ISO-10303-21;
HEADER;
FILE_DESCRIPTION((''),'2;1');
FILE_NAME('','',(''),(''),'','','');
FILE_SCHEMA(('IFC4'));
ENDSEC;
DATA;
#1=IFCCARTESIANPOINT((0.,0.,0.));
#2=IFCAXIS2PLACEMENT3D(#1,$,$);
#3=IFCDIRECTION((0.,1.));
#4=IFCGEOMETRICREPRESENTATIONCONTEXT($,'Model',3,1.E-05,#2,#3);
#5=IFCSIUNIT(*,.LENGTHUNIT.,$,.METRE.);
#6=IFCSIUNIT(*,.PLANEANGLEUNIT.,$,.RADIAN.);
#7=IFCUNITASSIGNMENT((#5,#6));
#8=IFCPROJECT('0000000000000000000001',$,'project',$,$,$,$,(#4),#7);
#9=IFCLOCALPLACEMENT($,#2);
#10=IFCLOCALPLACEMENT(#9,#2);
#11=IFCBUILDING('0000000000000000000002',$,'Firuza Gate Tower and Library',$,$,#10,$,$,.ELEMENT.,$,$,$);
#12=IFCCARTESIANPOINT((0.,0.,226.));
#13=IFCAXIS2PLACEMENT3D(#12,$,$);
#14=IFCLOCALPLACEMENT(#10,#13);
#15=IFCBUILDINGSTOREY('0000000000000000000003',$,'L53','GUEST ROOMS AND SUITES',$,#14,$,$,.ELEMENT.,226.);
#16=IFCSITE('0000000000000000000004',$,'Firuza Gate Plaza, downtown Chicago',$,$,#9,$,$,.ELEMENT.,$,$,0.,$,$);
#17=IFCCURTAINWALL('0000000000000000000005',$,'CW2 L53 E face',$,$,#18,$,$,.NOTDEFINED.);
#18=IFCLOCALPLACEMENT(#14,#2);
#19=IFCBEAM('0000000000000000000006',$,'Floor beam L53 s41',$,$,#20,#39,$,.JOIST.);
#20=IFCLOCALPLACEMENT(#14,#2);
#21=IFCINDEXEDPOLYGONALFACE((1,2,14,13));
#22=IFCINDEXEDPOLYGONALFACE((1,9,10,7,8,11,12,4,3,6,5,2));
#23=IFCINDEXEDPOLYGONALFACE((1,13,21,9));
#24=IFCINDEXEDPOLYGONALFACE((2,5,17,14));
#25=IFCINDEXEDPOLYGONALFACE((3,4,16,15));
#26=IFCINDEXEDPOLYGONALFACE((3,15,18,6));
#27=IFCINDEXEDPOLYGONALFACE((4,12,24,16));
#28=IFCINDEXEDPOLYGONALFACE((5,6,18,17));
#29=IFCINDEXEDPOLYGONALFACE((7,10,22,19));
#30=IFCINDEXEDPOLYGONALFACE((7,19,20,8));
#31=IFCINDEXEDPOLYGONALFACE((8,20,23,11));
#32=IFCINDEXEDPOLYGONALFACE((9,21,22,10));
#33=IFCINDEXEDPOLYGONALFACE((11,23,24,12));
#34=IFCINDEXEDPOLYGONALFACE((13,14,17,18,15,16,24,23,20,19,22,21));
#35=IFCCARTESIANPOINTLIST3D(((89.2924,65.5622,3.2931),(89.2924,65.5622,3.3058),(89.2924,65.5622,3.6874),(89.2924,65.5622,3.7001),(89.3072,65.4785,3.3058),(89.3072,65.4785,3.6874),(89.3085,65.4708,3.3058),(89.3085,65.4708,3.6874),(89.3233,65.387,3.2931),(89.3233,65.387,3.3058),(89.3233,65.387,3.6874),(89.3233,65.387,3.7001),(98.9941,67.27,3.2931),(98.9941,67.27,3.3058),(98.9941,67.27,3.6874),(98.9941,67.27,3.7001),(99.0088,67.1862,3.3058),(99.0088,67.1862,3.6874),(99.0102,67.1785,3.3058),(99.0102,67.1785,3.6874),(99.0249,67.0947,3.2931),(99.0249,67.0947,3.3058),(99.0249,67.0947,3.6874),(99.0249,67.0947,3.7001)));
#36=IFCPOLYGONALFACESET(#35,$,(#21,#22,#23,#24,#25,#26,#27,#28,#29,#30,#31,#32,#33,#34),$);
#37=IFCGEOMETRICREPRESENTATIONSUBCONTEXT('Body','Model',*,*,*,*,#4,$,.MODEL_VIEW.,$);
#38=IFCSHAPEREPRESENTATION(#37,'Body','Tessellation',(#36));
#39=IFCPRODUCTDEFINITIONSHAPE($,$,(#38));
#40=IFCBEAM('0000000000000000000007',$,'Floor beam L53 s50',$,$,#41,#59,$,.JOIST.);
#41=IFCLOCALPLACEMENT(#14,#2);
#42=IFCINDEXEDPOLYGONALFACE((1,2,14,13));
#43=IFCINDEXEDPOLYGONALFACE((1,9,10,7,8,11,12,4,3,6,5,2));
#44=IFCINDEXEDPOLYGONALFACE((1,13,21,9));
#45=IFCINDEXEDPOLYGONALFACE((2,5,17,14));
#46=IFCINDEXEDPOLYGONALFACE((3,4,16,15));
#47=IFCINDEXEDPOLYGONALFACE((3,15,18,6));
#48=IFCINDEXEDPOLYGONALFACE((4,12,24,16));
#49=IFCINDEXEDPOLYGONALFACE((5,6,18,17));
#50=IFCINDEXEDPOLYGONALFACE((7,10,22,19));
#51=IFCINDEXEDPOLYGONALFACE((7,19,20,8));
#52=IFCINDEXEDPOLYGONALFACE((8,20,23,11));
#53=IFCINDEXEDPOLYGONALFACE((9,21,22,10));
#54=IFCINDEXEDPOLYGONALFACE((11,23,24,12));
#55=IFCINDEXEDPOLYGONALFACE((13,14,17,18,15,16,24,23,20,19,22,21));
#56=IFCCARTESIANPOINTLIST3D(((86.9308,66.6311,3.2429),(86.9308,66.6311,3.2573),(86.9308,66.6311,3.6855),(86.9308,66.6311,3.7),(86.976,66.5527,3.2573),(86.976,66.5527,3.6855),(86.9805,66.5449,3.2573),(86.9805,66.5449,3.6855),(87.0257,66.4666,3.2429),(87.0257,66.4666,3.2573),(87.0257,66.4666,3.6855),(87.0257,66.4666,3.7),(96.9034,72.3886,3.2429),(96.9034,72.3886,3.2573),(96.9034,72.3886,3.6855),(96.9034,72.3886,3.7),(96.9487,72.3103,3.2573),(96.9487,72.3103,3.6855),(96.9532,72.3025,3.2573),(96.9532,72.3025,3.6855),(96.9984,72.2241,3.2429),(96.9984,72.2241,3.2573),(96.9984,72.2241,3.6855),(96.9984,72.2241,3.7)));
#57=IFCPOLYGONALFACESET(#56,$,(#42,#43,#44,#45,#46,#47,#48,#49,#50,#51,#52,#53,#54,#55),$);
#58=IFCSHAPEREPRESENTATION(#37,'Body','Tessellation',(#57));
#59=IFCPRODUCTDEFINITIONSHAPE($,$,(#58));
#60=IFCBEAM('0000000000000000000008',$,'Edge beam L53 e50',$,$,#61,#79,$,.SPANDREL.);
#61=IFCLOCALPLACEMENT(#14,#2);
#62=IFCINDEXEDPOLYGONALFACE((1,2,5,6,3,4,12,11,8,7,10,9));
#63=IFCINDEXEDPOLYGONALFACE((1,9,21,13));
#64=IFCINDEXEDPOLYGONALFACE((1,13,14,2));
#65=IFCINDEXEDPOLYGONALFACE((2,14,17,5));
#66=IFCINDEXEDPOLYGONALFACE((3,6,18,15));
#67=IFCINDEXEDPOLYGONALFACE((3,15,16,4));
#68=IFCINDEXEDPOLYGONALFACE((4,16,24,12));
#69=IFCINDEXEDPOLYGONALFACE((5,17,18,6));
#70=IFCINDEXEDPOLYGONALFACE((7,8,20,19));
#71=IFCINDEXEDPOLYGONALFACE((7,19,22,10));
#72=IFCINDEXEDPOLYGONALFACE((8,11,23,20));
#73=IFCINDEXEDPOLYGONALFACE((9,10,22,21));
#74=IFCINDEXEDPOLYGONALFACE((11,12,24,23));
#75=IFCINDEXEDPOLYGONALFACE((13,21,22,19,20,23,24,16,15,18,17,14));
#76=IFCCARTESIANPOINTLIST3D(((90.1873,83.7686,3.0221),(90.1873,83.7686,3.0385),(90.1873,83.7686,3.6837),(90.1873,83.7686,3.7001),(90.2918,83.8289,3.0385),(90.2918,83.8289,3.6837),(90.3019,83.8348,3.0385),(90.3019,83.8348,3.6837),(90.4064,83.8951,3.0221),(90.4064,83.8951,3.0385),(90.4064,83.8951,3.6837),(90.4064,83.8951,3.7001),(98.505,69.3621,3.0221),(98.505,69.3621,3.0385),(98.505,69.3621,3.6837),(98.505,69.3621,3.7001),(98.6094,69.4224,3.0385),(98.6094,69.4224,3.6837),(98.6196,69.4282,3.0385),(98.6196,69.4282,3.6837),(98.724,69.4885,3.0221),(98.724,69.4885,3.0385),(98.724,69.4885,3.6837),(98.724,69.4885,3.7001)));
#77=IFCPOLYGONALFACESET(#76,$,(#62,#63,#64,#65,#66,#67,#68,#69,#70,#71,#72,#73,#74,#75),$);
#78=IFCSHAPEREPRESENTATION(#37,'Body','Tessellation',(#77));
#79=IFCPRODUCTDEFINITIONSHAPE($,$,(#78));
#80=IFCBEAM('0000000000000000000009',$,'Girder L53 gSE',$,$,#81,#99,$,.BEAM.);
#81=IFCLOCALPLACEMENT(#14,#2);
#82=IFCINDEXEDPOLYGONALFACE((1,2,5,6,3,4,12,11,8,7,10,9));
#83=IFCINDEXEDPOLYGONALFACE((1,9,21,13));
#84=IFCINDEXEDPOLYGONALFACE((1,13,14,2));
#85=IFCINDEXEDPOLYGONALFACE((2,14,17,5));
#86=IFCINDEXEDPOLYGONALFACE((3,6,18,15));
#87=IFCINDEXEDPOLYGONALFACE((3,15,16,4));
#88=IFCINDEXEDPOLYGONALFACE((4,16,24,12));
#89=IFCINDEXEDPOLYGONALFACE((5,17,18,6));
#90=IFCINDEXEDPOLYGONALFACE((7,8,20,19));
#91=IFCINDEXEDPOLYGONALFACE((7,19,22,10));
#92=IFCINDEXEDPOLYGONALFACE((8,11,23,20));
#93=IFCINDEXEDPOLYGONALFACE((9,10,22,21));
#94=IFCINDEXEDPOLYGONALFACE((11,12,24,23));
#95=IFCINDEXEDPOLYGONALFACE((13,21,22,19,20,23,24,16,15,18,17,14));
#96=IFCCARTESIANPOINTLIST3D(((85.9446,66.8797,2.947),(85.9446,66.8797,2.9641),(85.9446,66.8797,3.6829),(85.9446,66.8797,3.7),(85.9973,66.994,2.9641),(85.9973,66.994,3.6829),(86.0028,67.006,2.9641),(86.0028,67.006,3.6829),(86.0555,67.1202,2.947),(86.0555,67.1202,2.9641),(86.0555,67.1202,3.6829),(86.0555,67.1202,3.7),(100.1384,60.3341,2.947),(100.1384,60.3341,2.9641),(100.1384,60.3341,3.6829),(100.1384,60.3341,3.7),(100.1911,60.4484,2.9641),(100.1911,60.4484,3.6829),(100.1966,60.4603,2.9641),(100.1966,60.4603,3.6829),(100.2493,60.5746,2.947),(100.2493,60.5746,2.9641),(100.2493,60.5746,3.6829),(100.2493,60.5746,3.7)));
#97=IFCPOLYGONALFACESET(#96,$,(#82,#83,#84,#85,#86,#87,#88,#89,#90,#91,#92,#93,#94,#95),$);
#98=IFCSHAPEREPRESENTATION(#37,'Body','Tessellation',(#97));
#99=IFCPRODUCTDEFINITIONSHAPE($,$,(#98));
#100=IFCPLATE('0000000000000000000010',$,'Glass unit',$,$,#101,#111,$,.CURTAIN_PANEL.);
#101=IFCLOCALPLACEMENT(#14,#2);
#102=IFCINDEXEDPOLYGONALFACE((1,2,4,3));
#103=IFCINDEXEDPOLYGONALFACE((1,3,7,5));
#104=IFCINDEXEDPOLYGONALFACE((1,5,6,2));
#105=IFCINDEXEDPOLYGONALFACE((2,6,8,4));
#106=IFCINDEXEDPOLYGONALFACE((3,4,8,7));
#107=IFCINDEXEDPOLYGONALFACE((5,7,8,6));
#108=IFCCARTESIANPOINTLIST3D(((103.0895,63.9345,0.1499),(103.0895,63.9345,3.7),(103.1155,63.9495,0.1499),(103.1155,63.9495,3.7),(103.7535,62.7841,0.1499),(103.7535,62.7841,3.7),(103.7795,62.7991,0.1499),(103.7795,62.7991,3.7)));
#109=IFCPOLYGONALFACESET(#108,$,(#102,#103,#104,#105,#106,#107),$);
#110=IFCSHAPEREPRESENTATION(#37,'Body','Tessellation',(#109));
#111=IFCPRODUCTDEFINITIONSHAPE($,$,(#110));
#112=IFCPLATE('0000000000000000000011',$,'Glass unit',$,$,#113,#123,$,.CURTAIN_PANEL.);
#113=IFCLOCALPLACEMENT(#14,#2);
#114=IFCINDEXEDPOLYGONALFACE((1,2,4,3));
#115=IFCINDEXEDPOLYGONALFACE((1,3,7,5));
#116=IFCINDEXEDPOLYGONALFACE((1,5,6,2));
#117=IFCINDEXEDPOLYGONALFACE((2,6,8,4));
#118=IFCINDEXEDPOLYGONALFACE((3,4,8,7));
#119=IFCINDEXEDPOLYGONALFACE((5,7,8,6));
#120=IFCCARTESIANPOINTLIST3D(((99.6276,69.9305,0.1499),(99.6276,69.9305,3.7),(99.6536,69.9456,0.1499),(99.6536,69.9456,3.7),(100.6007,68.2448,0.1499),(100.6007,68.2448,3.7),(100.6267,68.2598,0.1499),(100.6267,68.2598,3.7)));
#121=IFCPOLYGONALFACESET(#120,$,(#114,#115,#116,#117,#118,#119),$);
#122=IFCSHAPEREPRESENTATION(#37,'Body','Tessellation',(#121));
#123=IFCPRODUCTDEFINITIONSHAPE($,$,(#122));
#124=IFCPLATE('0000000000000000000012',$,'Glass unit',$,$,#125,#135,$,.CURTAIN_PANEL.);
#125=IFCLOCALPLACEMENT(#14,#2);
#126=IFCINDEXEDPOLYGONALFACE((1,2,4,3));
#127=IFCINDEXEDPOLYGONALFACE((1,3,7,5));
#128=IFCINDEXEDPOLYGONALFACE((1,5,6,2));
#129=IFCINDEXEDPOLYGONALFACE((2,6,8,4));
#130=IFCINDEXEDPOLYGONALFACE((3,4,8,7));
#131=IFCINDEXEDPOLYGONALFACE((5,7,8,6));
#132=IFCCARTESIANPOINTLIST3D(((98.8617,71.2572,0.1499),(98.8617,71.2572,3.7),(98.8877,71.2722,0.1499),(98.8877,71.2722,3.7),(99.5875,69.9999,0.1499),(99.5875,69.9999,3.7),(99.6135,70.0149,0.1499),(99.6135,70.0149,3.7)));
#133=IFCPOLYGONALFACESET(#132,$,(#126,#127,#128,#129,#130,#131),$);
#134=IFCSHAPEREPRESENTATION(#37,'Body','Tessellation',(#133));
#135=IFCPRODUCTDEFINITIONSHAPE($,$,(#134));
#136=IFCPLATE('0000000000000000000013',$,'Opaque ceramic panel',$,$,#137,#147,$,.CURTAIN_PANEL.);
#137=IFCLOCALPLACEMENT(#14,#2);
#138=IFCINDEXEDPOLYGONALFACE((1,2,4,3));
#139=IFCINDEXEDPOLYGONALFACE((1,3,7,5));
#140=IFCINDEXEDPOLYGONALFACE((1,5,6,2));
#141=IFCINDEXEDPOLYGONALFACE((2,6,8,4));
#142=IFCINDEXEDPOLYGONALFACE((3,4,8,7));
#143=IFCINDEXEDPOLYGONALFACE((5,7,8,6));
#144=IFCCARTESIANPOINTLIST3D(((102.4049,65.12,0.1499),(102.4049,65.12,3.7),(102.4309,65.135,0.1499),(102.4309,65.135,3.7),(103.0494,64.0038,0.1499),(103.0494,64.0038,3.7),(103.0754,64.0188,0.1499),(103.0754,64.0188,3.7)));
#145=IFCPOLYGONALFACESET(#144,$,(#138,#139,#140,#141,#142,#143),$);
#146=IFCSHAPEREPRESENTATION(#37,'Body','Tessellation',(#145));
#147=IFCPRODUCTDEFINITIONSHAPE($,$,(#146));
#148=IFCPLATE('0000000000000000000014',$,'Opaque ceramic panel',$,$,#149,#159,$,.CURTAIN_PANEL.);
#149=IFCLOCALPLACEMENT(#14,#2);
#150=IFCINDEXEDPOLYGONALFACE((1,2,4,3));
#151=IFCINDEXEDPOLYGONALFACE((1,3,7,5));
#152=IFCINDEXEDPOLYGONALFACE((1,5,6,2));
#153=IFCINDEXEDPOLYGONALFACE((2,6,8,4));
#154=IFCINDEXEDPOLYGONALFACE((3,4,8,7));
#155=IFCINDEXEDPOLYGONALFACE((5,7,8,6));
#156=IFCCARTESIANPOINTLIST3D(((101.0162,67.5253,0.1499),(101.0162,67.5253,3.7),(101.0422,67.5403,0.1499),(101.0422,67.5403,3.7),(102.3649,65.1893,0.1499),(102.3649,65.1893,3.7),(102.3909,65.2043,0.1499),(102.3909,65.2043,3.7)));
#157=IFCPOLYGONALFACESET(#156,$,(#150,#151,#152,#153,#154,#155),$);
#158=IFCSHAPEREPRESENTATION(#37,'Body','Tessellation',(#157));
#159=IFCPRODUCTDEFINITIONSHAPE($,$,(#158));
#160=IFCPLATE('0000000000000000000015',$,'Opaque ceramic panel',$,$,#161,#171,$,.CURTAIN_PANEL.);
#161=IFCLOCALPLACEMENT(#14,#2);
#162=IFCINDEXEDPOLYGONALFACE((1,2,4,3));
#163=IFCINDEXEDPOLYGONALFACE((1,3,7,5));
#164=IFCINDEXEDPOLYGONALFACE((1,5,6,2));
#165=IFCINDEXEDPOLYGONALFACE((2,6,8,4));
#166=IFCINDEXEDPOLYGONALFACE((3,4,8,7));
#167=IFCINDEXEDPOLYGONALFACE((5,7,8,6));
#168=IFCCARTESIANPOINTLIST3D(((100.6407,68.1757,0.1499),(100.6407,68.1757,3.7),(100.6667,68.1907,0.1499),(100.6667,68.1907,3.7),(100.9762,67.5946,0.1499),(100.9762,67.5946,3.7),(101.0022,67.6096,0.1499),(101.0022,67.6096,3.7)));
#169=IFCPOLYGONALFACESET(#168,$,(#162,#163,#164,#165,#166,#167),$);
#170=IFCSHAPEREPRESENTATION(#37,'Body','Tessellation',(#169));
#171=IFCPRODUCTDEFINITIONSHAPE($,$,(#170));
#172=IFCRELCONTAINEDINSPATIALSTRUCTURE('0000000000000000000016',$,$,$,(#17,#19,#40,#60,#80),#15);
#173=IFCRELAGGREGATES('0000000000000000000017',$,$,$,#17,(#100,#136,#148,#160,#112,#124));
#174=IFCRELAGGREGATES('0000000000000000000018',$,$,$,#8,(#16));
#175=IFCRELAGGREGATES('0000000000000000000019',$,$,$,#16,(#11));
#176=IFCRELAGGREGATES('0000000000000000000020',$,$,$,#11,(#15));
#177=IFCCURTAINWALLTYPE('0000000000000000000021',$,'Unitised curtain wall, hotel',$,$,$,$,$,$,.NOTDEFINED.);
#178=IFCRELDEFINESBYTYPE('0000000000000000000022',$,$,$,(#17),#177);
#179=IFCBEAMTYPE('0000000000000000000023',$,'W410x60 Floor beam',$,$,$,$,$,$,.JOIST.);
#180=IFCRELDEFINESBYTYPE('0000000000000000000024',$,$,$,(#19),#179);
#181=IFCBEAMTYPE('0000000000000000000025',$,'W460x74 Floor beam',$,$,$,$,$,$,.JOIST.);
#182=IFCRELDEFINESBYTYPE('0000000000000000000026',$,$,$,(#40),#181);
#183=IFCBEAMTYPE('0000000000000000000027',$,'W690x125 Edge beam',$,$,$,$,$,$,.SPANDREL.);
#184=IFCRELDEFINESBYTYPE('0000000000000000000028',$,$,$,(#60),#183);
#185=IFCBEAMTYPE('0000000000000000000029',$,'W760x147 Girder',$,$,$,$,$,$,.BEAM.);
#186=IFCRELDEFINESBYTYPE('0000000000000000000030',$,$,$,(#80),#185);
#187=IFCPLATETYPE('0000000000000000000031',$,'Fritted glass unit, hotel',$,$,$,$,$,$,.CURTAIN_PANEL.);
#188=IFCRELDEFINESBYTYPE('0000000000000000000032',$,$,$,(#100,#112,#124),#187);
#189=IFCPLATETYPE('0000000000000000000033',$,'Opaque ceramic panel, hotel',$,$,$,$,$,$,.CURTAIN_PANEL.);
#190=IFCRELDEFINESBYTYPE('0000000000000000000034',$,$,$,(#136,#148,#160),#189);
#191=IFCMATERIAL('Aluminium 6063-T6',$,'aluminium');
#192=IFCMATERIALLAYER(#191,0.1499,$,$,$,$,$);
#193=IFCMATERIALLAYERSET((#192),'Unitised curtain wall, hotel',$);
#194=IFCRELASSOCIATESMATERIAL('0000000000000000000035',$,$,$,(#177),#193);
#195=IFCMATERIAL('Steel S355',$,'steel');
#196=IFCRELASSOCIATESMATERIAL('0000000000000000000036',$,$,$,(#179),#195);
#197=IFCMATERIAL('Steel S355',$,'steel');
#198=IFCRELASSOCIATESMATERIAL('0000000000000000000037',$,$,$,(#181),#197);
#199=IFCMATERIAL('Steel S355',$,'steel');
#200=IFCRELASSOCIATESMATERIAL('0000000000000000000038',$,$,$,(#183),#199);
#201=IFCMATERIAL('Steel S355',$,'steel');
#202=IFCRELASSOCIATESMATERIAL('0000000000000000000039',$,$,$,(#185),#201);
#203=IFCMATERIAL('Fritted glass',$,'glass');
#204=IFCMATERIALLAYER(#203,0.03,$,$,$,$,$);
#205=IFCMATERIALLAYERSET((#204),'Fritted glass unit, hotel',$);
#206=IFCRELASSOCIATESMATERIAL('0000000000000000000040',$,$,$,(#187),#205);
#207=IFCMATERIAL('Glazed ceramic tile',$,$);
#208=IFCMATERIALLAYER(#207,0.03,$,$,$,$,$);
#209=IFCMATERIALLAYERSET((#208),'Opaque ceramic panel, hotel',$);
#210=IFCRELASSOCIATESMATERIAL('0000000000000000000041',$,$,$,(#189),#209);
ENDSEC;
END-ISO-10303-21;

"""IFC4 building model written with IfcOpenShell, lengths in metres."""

from ifc_helpers import new_model, si_unit, direction, frame, origin, origin_2d, place, context, subcontext, project, spatial, polyline, i_section, outline, extrude, material, layer, layer_set, material_profile, profile_set, type_object, element, aggregate, save


model = new_model("IFC4")

# Units and contexts
model_context = context("Model", 3, precision=1e-05, world=origin(), true_north=direction((0.0, 1.0)))
body_context = subcontext(model_context, "Body", "Model", "MODEL_VIEW")
ifc_project = project(units=[si_unit("LENGTHUNIT", "METRE"), si_unit("PLANEANGLEUNIT", "RADIAN")], contexts=[model_context])

# Site, building, storey
site_placement = place(None, origin())
site = spatial("IfcSite", under=ifc_project, at=site_placement, Name="Firuza Gate Plaza, downtown Chicago", CompositionType="ELEMENT", RefElevation=0.0)
building_placement = place(site_placement, origin())
building = spatial("IfcBuilding", under=site, at=building_placement, Name="Firuza Gate Tower and Library", CompositionType="ELEMENT")
storey_placement = place(building_placement, frame((0.0, 0.0, 226.0)))
storey = spatial("IfcBuildingStorey", under=building, at=storey_placement, Name="L53", Description="GUEST ROOMS AND SUITES", CompositionType="ELEMENT", Elevation=226.0)

# Curtain wall
ifc_material_1 = material(Name="Aluminium 6063-T6", Category="aluminium")
ifc_layer_1 = layer(ifc_material_1, 0.1499)
ifc_layer_set_1 = layer_set([ifc_layer_1], Name="Unitised curtain wall, hotel")
curtain_wall_type = type_object("IfcCurtainWallType", Name="Unitised curtain wall, hotel", PredefinedType="NOTDEFINED", material=ifc_layer_set_1)
curtain_wall_placement = place(storey_placement, origin())
curtain_wall = element("IfcCurtainWall", 1, at=curtain_wall_placement, inside=storey, type_object=curtain_wall_type, Name="CW2 L53 E face", PredefinedType="NOTDEFINED")

# Beams
ifc_material_2 = material(Name="Steel S355", Category="steel")
ifc_material_profile_1 = material_profile(ifc_material_2, i_section(OverallWidth=0.178, OverallDepth=0.407, WebThickness=0.0078, FlangeThickness=0.0127, at=origin_2d()))
ifc_profile_set_1 = profile_set([ifc_material_profile_1], Name="Steel S355")
beam_type_1 = type_object("IfcBeamType", Name="W410x60 Floor beam", PredefinedType="JOIST", material=ifc_profile_set_1)
beam_1_placement = place(storey_placement, frame((99.0095, 67.1824, 3.4966), z_axis=(-0.984858, -0.173363, 0.0), x_axis=(0.173363, -0.984858, 0.0)))
element("IfcBeam", 2, at=beam_1_placement, inside=storey, type_object=beam_type_1, Name="Floor beam L53 s41", PredefinedType="JOIST", context=body_context, shape_type="SweptSolid", body=[
    extrude(i_section(OverallWidth=0.178, OverallDepth=0.407, WebThickness=0.0078, FlangeThickness=0.0127, at=origin_2d()), origin(), (0.0, 0.0, 1.0), 9.8508),
])
ifc_material_3 = material(Name="Steel S355", Category="steel")
ifc_material_profile_2 = material_profile(ifc_material_3, i_section(OverallWidth=0.1899, OverallDepth=0.457, WebThickness=0.009, FlangeThickness=0.0144, at=origin_2d()))
ifc_profile_set_2 = profile_set([ifc_material_profile_2], Name="Steel S355")
beam_type_2 = type_object("IfcBeamType", Name="W460x74 Floor beam", PredefinedType="JOIST", material=ifc_profile_set_2)
beam_2_placement = place(storey_placement, frame((96.9509, 72.3064, 3.4714), z_axis=(-0.866031, -0.49999, 0.0), x_axis=(0.49999, -0.866031, 0.0)))
element("IfcBeam", 3, at=beam_2_placement, inside=storey, type_object=beam_type_2, Name="Floor beam L53 s50", PredefinedType="JOIST", context=body_context, shape_type="SweptSolid", body=[
    extrude(i_section(OverallWidth=0.1899, OverallDepth=0.457, WebThickness=0.009, FlangeThickness=0.0144, at=origin_2d()), origin(), (0.0, 0.0, 1.0), 11.5154),
])
ifc_material_4 = material(Name="Steel S355", Category="steel")
ifc_material_profile_3 = material_profile(ifc_material_4, i_section(OverallWidth=0.2529, OverallDepth=0.678, WebThickness=0.0117, FlangeThickness=0.0164, at=origin_2d()))
ifc_profile_set_3 = profile_set([ifc_material_profile_3], Name="Steel S355")
beam_type_3 = type_object("IfcBeamType", Name="W690x125 Edge beam", PredefinedType="SPANDREL", material=ifc_profile_set_3)
beam_3_placement = place(storey_placement, frame((98.6145, 69.4253, 3.3611), z_axis=(-0.500002, 0.866025, 0.0), x_axis=(-0.866025, -0.500002, 0.0)))
element("IfcBeam", 4, at=beam_3_placement, inside=storey, type_object=beam_type_3, Name="Edge beam L53 e50", PredefinedType="SPANDREL", context=body_context, shape_type="SweptSolid", body=[
    extrude(i_section(OverallWidth=0.2529, OverallDepth=0.678, WebThickness=0.0117, FlangeThickness=0.0164, at=origin_2d()), origin(), (0.0, 0.0, 1.0), 16.6353),
])
ifc_material_5 = material(Name="Steel S355", Category="steel")
ifc_material_profile_4 = material_profile(ifc_material_5, i_section(OverallWidth=0.2649, OverallDepth=0.7529, WebThickness=0.0132, FlangeThickness=0.0171, at=origin_2d()))
ifc_profile_set_4 = profile_set([ifc_material_profile_4], Name="Steel S355")
beam_type_4 = type_object("IfcBeamType", Name="W760x147 Girder", PredefinedType="BEAM", material=ifc_profile_set_4)
beam_4_placement = place(storey_placement, frame((100.1938, 60.4543, 3.3235), z_axis=(-0.90809, 0.418776, 0.0), x_axis=(-0.418776, -0.90809, 0.0)))
element("IfcBeam", 5, at=beam_4_placement, inside=storey, type_object=beam_type_4, Name="Girder L53 gSE", PredefinedType="BEAM", context=body_context, shape_type="SweptSolid", body=[
    extrude(i_section(OverallWidth=0.2649, OverallDepth=0.7529, WebThickness=0.0132, FlangeThickness=0.0171, at=origin_2d()), origin(), (0.0, 0.0, 1.0), 15.6304),
])

# Plates
ifc_material_6 = material(Name="Fritted glass", Category="glass")
ifc_layer_2 = layer(ifc_material_6, 0.03)
ifc_layer_set_2 = layer_set([ifc_layer_2], Name="Fritted glass unit, hotel")
plate_type_1 = type_object("IfcPlateType", Name="Fritted glass unit, hotel", PredefinedType="CURTAIN_PANEL", material=ifc_layer_set_2)
plate_1_placement = place(storey_placement, frame((103.7795, 62.7991, 0.1499), z_axis=(0.866063, 0.499935, 0.0), x_axis=(-0.499935, 0.866063, 0.0)))
plate_1 = element("IfcPlate", 6, at=plate_1_placement, type_object=plate_type_1, Name="Glass unit", PredefinedType="CURTAIN_PANEL", context=body_context, shape_type="SweptSolid", body=[
    extrude(outline(polyline([(0.0, 0.0), (1.3283, 0.0), (1.3283, 3.55), (0.0, 3.55), (0.0, 0.0)])), origin(), (0.0, 0.0, -1.0), 0.03),
])
plate_2_placement = place(storey_placement, frame((100.6267, 68.2598, 0.1499), z_axis=(0.866058, 0.499943, 0.0), x_axis=(-0.499943, 0.866058, 0.0)))
plate_2 = element("IfcPlate", 7, at=plate_2_placement, type_object=plate_type_1, Name="Glass unit", PredefinedType="CURTAIN_PANEL", context=body_context, shape_type="SweptSolid", body=[
    extrude(outline(polyline([(0.0, 0.0), (1.9465, 0.0), (1.9465, 3.55), (0.0, 3.55), (0.0, 0.0)])), origin(), (0.0, 0.0, -1.0), 0.03),
])
plate_3_placement = place(storey_placement, frame((99.6135, 70.0149, 0.1499), z_axis=(0.866051, 0.499955, 0.0), x_axis=(-0.499955, 0.866051, 0.0)))
plate_3 = element("IfcPlate", 8, at=plate_3_placement, type_object=plate_type_1, Name="Glass unit", PredefinedType="CURTAIN_PANEL", context=body_context, shape_type="SweptSolid", body=[
    extrude(outline(polyline([(0.0, 0.0), (1.4518, 0.0), (1.4518, 3.55), (0.0, 3.55), (0.0, 0.0)])), origin(), (0.0, 0.0, -1.0), 0.03),
])
ifc_material_7 = material(Name="Glazed ceramic tile")
ifc_layer_3 = layer(ifc_material_7, 0.03)
ifc_layer_set_3 = layer_set([ifc_layer_3], Name="Opaque ceramic panel, hotel")
plate_type_2 = type_object("IfcPlateType", Name="Opaque ceramic panel, hotel", PredefinedType="CURTAIN_PANEL", material=ifc_layer_set_3)
plate_4_placement = place(storey_placement, frame((103.0754, 64.0188, 0.1499), z_axis=(0.865996, 0.50005, 0.0), x_axis=(-0.50005, 0.865996, 0.0)))
plate_4 = element("IfcPlate", 9, at=plate_4_placement, type_object=plate_type_2, Name="Opaque ceramic panel", PredefinedType="CURTAIN_PANEL", context=body_context, shape_type="SweptSolid", body=[
    extrude(outline(polyline([(0.0, 0.0), (1.2889, 0.0), (1.2889, 3.55), (0.0, 3.55), (0.0, 0.0)])), origin(), (0.0, 0.0, -1.0), 0.03),
])
plate_5_placement = place(storey_placement, frame((102.3909, 65.2043, 0.1499), z_axis=(0.866029, 0.499994, 0.0), x_axis=(-0.499994, 0.866029, 0.0)))
plate_5 = element("IfcPlate", 10, at=plate_5_placement, type_object=plate_type_2, Name="Opaque ceramic panel", PredefinedType="CURTAIN_PANEL", context=body_context, shape_type="SweptSolid", body=[
    extrude(outline(polyline([(0.0, 0.0), (2.6973, 0.0), (2.6973, 3.55), (0.0, 3.55), (0.0, 0.0)])), origin(), (0.0, 0.0, -1.0), 0.03),
])
plate_6_placement = place(storey_placement, frame((101.0022, 67.6096, 0.1499), z_axis=(0.86604, 0.499974, 0.0), x_axis=(-0.499974, 0.86604, 0.0)))
plate_6 = element("IfcPlate", 11, at=plate_6_placement, type_object=plate_type_2, Name="Opaque ceramic panel", PredefinedType="CURTAIN_PANEL", context=body_context, shape_type="SweptSolid", body=[
    extrude(outline(polyline([(0.0, 0.0), (0.6709, 0.0), (0.6709, 3.55), (0.0, 3.55), (0.0, 0.0)])), origin(), (0.0, 0.0, -1.0), 0.03),
])
aggregate(curtain_wall, [plate_1, plate_4, plate_5, plate_6, plate_2, plate_3])

save(model, "model.ifc")
